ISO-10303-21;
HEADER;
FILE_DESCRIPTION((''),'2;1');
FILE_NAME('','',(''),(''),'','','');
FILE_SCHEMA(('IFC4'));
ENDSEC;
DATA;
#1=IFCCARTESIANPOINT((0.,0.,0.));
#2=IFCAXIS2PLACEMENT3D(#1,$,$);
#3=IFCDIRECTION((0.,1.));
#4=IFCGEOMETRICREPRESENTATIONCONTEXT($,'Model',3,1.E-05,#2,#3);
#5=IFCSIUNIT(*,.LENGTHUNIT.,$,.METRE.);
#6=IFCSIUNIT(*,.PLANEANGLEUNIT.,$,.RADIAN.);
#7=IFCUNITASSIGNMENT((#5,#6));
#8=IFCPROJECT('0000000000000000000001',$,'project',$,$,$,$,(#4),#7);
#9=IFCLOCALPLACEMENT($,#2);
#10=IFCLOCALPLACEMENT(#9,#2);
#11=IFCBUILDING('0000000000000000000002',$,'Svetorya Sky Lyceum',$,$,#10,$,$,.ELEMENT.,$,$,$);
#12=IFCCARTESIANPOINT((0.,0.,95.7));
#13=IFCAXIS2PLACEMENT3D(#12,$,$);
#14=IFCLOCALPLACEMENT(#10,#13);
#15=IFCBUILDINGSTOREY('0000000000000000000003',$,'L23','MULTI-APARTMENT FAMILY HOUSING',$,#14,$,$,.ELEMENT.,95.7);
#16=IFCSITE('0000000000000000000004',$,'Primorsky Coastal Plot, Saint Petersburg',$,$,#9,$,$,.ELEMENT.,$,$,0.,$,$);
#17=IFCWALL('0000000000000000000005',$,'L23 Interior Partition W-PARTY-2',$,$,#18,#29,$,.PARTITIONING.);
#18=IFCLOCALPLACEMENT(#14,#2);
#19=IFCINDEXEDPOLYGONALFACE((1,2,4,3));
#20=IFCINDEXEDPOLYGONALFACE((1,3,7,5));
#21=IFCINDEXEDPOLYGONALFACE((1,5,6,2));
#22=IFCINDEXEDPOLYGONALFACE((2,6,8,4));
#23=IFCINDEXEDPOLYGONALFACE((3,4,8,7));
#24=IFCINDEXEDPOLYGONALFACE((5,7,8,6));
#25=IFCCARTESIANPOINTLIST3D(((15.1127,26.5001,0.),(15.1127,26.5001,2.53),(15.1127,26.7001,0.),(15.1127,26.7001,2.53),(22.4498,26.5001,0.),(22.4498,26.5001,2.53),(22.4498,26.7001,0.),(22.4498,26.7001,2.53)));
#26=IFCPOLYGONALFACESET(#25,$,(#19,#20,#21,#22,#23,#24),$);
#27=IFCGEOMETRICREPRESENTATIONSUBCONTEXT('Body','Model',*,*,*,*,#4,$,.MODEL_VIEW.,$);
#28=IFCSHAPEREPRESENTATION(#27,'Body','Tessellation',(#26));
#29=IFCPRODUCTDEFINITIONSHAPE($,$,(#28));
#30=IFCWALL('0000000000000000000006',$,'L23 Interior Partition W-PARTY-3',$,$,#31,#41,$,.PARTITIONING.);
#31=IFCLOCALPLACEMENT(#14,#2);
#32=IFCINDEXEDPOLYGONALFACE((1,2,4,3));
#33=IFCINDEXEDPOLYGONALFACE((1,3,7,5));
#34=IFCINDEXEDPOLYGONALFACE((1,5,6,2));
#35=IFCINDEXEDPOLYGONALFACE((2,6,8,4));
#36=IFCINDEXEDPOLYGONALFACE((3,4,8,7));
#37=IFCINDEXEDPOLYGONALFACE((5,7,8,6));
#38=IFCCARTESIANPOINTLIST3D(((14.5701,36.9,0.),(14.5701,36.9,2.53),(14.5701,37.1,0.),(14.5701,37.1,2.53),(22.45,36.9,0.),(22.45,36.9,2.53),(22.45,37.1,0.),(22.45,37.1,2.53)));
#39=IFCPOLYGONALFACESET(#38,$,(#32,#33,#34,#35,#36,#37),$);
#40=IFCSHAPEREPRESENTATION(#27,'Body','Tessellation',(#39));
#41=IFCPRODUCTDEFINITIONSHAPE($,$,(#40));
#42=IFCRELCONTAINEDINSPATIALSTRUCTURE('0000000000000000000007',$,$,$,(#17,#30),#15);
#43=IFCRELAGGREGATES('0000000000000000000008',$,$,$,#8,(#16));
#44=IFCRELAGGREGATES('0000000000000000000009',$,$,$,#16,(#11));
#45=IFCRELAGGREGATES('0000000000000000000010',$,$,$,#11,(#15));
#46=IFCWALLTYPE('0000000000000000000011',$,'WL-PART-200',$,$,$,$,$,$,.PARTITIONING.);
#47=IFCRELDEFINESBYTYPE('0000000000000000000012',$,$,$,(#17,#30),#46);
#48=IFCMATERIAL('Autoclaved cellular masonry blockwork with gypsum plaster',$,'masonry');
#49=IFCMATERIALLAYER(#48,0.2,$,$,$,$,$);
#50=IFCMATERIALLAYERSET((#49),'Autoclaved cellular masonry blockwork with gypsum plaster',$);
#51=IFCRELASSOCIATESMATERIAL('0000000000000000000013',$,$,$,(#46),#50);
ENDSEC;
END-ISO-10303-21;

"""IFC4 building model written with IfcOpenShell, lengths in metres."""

from ifc_helpers import new_model, si_unit, direction, frame, frame_2d, origin, place, context, subcontext, project, spatial, rectangle, extrude, material, layer, layer_set, type_object, element, save


model = new_model("IFC4")

# Units and contexts
model_context = context("Model", 3, precision=1e-05, world=origin(), true_north=direction((0.0, 1.0)))
body_context = subcontext(model_context, "Body", "Model", "MODEL_VIEW")
ifc_project = project(units=[si_unit("LENGTHUNIT", "METRE"), si_unit("PLANEANGLEUNIT", "RADIAN")], contexts=[model_context])

# Site, building, storey
site_placement = place(None, origin())
site = spatial("IfcSite", under=ifc_project, at=site_placement, Name="Primorsky Coastal Plot, Saint Petersburg", CompositionType="ELEMENT", RefElevation=0.0)
building_placement = place(site_placement, origin())
building = spatial("IfcBuilding", under=site, at=building_placement, Name="Svetorya Sky Lyceum", CompositionType="ELEMENT")
storey_placement = place(building_placement, frame((0.0, 0.0, 95.7)))
storey = spatial("IfcBuildingStorey", under=building, at=storey_placement, Name="L23", Description="MULTI-APARTMENT FAMILY HOUSING", CompositionType="ELEMENT", Elevation=95.7)

# Walls
ifc_material_1 = material(Name="Autoclaved cellular masonry blockwork with gypsum plaster", Category="masonry")
ifc_layer_1 = layer(ifc_material_1, 0.2)
ifc_layer_set_1 = layer_set([ifc_layer_1], Name="Autoclaved cellular masonry blockwork with gypsum plaster")
wall_type_1 = type_object("IfcWallType", Name="WL-PART-200", PredefinedType="PARTITIONING", material=ifc_layer_set_1)
wall_1_placement = place(storey_placement, frame((15.1128, 26.6001, 0.0), z_axis=(0.0, 0.0, 1.0), x_axis=(1.0, 0.0, 0.0)))
element("IfcWall", 1, at=wall_1_placement, inside=storey, type_object=wall_type_1, Name="L23 Interior Partition W-PARTY-2", PredefinedType="PARTITIONING", context=body_context, shape_type="SweptSolid", body=[
    extrude(rectangle(XDim=7.3372, YDim=0.2, at=frame_2d((3.6685, 0.0))), origin(), (0.0, 0.0, 1.0), 2.53),
])
wall_2_placement = place(storey_placement, frame((14.5701, 37.0, 0.0), z_axis=(0.0, 0.0, 1.0), x_axis=(1.0, 0.0, 0.0)))
element("IfcWall", 2, at=wall_2_placement, inside=storey, type_object=wall_type_1, Name="L23 Interior Partition W-PARTY-3", PredefinedType="PARTITIONING", context=body_context, shape_type="SweptSolid", body=[
    extrude(rectangle(XDim=7.8799, YDim=0.2, at=frame_2d((3.9399, 0.0))), origin(), (0.0, 0.0, 1.0), 2.53),
])

save(model, "model.ifc")
